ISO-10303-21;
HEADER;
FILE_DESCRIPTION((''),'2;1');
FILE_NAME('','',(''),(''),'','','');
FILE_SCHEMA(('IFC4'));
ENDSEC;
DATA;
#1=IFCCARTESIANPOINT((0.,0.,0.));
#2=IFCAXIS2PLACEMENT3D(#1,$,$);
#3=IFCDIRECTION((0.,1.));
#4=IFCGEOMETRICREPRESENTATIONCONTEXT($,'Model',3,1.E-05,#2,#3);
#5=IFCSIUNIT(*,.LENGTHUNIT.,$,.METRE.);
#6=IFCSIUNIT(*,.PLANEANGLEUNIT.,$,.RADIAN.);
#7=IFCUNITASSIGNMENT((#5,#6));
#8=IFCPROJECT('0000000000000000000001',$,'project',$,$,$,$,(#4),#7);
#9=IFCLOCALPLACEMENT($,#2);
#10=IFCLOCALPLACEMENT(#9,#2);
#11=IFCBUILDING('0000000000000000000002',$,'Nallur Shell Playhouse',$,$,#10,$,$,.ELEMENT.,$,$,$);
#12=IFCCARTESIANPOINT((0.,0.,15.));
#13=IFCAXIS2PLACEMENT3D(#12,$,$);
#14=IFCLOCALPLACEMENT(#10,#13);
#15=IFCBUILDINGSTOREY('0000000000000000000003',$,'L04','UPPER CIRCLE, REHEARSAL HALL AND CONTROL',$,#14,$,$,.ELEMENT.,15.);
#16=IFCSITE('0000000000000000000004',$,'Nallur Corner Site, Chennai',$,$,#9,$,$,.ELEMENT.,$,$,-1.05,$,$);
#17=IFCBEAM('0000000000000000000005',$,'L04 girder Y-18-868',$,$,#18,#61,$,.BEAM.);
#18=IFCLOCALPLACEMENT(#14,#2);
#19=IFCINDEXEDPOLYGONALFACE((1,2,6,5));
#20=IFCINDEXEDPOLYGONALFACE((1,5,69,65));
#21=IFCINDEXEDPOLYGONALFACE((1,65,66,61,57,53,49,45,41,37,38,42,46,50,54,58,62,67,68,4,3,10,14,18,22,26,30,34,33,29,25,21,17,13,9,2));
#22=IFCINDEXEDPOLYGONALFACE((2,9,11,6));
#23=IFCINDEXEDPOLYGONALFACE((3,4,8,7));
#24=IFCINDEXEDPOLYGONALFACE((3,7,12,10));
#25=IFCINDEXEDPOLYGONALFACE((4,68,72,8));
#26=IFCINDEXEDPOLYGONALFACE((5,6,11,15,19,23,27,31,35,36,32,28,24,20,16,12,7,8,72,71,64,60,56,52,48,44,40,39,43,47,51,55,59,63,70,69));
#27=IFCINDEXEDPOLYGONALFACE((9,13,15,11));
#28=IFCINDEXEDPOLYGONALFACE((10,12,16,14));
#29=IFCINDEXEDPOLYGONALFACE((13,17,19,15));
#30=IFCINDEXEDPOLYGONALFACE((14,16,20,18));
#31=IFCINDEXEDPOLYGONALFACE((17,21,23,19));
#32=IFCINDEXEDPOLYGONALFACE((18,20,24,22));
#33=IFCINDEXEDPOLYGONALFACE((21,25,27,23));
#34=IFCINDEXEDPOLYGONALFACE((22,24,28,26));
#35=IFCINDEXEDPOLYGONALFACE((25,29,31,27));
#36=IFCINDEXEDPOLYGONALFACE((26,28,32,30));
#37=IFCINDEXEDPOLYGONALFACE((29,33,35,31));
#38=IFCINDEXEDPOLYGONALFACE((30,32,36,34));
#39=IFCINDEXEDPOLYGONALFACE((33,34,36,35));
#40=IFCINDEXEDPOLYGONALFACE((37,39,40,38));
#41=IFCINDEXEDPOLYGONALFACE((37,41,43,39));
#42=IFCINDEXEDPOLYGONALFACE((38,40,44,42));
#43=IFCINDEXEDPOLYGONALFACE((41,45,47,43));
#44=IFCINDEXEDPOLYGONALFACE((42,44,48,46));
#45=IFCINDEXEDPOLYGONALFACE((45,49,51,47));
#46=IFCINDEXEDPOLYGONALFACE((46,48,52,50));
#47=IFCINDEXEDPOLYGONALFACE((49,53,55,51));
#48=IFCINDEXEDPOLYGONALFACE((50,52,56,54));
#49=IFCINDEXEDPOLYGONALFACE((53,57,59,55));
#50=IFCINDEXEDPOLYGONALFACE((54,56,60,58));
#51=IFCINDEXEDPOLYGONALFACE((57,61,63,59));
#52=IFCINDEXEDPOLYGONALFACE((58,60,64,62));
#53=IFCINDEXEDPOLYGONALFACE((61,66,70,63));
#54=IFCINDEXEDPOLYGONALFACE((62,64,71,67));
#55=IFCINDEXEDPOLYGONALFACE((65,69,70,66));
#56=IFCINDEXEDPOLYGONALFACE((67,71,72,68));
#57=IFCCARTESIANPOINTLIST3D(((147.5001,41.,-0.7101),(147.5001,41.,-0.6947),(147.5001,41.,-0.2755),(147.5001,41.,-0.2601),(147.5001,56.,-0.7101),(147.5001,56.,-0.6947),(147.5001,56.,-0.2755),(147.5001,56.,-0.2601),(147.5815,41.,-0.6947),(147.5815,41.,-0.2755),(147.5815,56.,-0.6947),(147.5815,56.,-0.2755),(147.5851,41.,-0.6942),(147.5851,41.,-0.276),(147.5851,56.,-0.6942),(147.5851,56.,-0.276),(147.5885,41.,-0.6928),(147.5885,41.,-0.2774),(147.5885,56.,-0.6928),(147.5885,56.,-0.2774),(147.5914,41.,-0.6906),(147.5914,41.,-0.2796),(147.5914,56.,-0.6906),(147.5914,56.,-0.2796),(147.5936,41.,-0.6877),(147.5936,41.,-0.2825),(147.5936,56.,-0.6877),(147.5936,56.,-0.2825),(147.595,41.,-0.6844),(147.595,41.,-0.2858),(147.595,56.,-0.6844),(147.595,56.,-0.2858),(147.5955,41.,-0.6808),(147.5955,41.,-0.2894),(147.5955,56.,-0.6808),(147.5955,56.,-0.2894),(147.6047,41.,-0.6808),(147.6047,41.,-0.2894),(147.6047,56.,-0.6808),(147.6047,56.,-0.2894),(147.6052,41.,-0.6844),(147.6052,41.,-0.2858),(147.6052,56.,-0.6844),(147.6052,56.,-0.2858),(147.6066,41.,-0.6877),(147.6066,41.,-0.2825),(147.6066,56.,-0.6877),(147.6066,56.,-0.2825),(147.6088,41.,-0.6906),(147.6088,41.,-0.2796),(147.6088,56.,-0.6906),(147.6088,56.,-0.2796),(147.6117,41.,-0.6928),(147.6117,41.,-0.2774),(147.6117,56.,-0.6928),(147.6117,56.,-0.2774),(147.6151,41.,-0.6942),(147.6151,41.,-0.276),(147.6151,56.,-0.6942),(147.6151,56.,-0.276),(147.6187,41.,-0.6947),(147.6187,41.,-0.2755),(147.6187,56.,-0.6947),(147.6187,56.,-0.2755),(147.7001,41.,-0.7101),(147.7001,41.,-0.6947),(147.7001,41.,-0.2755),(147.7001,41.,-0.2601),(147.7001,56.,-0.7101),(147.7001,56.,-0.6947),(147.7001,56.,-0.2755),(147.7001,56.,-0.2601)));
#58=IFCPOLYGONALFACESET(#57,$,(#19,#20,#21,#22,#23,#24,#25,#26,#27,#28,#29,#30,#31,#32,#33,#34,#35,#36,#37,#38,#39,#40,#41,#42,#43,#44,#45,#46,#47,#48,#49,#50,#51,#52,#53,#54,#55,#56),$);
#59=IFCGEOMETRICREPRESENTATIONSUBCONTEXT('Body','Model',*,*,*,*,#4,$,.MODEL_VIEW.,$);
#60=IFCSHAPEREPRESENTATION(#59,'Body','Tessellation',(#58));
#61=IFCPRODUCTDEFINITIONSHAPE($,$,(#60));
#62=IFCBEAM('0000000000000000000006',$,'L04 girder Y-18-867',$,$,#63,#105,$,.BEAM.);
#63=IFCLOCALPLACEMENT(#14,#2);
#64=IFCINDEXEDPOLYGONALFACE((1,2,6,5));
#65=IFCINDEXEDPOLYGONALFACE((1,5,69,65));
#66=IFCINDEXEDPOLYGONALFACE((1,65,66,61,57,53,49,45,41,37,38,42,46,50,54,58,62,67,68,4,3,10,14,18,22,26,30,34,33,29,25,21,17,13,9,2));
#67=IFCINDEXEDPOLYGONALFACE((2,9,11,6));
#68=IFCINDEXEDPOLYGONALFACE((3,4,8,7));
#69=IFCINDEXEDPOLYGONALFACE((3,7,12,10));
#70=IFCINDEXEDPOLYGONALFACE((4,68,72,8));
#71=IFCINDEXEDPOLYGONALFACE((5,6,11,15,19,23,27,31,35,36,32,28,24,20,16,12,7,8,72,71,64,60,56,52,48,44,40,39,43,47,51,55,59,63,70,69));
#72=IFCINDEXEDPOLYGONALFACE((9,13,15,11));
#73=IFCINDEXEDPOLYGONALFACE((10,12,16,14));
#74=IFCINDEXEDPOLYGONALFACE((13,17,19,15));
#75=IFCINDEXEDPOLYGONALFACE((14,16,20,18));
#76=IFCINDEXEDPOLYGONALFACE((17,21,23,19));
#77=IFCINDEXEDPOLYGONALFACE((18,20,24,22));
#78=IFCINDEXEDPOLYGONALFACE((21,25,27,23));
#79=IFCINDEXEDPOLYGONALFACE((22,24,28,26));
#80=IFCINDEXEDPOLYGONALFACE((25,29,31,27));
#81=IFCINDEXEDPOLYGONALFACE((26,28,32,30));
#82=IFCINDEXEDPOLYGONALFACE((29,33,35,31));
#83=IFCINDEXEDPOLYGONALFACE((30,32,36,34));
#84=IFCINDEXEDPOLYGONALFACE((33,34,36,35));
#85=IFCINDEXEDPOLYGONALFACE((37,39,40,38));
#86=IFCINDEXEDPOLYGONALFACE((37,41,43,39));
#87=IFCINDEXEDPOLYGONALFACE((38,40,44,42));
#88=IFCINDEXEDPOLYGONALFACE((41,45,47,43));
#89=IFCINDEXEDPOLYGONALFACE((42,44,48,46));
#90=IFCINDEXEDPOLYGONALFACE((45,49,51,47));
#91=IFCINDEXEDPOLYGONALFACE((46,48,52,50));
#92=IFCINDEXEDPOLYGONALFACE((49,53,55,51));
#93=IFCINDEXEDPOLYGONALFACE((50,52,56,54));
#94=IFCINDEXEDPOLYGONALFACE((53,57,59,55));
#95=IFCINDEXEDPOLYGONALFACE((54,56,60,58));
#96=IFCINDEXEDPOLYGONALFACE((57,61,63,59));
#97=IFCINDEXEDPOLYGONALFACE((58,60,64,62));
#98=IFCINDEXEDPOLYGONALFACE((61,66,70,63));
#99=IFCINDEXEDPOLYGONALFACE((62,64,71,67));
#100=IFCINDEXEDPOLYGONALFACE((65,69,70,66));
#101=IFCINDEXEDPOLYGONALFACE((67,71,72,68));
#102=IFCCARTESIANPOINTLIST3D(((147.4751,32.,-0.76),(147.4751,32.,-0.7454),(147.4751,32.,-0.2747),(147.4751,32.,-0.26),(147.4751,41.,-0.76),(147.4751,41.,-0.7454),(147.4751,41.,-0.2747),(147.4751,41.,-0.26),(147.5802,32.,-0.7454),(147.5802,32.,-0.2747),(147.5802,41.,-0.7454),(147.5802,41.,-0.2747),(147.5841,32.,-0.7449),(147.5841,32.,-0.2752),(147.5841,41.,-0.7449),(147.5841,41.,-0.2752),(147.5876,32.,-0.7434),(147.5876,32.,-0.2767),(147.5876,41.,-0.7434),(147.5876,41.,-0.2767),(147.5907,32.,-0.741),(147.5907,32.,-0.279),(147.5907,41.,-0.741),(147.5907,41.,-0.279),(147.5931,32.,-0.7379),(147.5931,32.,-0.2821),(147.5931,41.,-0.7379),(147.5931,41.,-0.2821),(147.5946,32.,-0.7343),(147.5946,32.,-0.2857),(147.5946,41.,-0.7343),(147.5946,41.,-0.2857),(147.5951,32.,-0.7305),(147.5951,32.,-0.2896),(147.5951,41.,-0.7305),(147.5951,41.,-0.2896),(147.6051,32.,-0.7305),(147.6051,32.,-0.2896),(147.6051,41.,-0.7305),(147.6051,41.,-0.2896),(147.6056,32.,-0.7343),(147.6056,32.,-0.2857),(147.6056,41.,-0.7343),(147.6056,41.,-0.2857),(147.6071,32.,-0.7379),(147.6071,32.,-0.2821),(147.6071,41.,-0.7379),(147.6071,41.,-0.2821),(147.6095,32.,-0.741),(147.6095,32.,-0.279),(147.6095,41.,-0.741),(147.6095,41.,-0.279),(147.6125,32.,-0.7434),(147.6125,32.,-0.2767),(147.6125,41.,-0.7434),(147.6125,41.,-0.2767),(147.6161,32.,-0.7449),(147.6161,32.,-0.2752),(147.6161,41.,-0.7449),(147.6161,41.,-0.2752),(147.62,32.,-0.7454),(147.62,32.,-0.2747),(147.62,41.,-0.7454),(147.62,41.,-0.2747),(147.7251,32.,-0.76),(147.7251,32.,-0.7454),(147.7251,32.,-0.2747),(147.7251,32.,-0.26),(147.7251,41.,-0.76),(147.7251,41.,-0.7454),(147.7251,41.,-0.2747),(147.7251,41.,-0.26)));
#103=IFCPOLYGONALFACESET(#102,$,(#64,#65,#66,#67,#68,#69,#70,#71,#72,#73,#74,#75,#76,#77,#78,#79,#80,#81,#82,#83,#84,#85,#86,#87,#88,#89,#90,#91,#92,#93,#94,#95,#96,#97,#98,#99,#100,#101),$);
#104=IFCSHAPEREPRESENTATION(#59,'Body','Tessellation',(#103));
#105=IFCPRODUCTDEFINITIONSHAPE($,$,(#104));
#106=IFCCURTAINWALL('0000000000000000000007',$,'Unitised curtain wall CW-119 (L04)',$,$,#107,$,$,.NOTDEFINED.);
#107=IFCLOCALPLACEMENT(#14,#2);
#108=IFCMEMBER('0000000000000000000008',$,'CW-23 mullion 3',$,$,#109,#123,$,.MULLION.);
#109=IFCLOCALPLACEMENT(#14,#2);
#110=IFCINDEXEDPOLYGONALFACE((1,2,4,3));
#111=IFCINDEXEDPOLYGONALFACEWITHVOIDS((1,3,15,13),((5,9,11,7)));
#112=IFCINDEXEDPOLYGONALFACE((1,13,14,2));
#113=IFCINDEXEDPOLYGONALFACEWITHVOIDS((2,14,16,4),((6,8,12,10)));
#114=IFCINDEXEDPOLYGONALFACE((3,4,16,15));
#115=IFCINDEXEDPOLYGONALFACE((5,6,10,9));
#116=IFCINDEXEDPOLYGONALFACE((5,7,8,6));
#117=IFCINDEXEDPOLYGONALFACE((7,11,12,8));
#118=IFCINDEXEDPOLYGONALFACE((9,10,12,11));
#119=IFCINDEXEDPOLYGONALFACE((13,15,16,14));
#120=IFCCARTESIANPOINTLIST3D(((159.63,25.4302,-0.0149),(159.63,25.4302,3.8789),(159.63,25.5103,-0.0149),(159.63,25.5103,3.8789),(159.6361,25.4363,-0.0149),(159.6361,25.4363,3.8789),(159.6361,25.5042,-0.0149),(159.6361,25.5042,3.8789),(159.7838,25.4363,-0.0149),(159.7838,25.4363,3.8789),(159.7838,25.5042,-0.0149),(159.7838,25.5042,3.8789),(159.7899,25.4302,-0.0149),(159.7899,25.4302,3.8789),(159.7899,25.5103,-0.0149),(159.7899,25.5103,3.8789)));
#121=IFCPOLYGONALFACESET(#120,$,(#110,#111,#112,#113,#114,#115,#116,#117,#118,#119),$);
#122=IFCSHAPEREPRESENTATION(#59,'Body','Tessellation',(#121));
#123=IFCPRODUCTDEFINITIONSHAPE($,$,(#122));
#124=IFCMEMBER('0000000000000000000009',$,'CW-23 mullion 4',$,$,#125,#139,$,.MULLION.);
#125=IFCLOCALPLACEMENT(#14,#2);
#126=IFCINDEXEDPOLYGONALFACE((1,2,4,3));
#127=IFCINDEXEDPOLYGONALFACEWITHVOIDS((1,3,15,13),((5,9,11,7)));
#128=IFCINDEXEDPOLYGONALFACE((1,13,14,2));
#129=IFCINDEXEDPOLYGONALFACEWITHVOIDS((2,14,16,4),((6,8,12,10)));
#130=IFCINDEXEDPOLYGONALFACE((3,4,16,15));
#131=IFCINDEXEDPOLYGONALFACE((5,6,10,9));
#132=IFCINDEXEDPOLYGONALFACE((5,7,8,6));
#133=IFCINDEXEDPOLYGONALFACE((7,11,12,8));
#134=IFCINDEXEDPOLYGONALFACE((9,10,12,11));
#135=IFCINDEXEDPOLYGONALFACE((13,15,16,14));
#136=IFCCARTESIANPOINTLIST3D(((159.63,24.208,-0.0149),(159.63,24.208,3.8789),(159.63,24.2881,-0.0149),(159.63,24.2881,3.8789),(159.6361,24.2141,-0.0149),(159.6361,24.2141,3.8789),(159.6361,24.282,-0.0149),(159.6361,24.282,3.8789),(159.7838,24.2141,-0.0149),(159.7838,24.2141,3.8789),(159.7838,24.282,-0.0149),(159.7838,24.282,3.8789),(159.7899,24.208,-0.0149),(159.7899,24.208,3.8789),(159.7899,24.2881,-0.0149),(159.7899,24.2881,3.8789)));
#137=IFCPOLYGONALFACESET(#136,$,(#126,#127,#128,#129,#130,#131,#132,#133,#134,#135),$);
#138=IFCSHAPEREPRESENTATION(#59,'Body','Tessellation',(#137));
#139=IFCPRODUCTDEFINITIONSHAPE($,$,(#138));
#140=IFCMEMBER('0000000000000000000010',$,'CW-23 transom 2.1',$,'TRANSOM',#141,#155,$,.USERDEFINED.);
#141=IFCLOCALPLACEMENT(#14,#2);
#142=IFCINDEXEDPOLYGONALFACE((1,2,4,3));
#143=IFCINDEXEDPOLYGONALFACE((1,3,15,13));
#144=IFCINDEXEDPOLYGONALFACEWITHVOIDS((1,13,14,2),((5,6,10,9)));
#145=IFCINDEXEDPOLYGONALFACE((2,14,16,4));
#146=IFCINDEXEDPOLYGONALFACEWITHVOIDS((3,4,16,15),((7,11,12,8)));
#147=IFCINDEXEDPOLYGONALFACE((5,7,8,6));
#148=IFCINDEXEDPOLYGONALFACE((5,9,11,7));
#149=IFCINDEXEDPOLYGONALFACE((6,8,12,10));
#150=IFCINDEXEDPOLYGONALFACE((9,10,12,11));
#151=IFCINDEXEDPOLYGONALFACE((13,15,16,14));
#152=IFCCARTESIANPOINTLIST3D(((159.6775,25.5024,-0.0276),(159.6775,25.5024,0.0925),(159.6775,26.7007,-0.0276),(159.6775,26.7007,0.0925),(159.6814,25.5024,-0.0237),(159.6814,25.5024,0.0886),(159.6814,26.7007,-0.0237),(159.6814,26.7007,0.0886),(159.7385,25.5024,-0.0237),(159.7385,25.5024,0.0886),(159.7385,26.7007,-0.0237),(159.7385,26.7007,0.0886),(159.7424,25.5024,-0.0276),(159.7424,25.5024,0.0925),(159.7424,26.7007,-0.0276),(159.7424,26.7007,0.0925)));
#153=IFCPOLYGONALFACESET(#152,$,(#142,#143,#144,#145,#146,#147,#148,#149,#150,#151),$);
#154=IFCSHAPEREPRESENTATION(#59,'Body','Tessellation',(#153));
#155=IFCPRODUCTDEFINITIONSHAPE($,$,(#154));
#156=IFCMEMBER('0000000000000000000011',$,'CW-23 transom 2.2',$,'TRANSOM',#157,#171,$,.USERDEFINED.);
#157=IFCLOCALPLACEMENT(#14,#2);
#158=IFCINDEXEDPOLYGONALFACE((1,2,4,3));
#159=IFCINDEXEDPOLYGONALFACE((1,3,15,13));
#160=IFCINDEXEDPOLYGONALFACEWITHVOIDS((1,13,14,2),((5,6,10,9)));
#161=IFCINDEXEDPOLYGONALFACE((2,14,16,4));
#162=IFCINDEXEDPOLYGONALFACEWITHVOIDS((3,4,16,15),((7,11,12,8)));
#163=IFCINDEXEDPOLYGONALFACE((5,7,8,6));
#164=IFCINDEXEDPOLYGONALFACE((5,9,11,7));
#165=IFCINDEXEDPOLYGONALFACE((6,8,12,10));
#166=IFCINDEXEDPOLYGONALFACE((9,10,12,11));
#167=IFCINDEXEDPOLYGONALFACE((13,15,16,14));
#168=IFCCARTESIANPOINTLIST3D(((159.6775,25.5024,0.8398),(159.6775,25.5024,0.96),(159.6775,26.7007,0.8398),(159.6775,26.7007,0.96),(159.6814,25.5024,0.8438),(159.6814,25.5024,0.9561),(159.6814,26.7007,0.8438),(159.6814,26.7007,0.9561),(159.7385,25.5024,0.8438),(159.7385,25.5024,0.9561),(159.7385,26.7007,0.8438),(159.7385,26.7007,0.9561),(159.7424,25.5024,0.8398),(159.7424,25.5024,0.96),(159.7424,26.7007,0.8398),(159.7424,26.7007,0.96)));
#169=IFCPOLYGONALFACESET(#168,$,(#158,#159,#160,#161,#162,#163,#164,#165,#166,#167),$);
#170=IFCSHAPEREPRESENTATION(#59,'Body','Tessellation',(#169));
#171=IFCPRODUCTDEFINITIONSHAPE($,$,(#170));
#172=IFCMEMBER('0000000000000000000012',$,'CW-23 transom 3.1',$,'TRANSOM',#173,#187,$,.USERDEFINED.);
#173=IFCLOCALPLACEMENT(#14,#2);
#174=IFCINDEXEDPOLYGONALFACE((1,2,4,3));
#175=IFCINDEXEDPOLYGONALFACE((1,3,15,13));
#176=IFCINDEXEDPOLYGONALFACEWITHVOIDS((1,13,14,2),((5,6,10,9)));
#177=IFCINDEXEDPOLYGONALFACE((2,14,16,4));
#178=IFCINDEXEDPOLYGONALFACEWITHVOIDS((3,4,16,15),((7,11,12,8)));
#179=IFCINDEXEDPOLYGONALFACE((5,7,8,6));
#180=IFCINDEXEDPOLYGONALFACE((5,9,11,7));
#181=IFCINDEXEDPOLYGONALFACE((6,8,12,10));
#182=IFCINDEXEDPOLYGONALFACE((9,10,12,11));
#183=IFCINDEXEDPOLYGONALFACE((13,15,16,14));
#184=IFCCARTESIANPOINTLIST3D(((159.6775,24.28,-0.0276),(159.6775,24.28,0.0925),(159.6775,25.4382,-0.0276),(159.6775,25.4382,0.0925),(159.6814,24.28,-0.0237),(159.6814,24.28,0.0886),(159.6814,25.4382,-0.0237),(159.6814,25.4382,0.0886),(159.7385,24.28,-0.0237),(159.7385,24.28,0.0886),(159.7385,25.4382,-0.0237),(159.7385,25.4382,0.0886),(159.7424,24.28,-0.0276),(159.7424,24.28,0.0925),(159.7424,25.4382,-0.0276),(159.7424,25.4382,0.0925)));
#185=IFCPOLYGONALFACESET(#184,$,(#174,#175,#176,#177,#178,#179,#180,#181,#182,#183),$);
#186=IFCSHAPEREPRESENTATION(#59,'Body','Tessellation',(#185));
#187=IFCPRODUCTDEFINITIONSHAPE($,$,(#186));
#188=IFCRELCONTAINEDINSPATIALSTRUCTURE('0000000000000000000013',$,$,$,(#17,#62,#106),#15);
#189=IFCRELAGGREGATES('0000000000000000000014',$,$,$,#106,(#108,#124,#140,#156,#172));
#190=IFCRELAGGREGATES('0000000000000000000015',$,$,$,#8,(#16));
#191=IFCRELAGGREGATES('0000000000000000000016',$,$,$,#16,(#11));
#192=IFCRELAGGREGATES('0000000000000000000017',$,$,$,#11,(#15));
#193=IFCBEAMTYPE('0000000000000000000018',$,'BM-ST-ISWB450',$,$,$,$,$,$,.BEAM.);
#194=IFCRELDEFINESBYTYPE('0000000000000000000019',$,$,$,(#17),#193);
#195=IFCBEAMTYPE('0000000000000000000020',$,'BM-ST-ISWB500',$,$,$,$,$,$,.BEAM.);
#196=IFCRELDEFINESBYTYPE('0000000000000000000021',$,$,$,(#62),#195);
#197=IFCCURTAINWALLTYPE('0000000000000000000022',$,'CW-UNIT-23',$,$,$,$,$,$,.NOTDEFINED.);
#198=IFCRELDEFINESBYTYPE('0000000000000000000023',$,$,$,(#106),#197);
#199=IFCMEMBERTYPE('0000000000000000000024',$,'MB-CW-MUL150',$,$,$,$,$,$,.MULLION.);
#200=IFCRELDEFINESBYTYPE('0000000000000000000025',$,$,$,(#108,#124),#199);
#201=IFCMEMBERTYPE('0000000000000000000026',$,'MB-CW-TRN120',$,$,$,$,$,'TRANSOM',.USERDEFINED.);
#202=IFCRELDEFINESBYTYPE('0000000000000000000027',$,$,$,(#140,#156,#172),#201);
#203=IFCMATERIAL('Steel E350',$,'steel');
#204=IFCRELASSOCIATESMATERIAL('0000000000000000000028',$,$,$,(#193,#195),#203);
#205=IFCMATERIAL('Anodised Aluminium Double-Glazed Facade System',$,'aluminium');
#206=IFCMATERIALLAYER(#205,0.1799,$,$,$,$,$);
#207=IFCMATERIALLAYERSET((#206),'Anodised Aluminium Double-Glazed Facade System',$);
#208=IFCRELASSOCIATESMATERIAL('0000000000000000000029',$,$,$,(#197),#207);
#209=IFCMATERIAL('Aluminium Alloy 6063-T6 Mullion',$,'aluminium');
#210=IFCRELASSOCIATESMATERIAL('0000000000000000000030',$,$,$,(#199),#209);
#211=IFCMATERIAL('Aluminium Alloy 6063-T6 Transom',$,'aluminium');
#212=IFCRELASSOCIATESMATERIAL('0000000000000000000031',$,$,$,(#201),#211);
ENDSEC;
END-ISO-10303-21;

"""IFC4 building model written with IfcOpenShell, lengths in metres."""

from ifc_helpers import new_model, si_unit, direction, frame, origin, origin_2d, place, context, subcontext, project, spatial, hollow_rectangle, i_section, extrude, material, layer, layer_set, material_profile, profile_set, type_object, element, aggregate, save


model = new_model("IFC4")

# Units and contexts
model_context = context("Model", 3, precision=1e-05, world=origin(), true_north=direction((0.0, 1.0)))
body_context = subcontext(model_context, "Body", "Model", "MODEL_VIEW")
ifc_project = project(units=[si_unit("LENGTHUNIT", "METRE"), si_unit("PLANEANGLEUNIT", "RADIAN")], contexts=[model_context])

# Site, building, storey
site_placement = place(None, origin())
site = spatial("IfcSite", under=ifc_project, at=site_placement, Name="Nallur Corner Site, Chennai", CompositionType="ELEMENT", RefElevation=-1.05)
building_placement = place(site_placement, origin())
building = spatial("IfcBuilding", under=site, at=building_placement, Name="Nallur Shell Playhouse", CompositionType="ELEMENT")
storey_placement = place(building_placement, frame((0.0, 0.0, 15.0)))
storey = spatial("IfcBuildingStorey", under=building, at=storey_placement, Name="L04", Description="UPPER CIRCLE, REHEARSAL HALL AND CONTROL", CompositionType="ELEMENT", Elevation=15.0)

# Shared definitions
ifc_material_1 = material(Name="Steel E350", Category="steel")

# Beams
ifc_material_profile_1 = material_profile(ifc_material_1, i_section(OverallWidth=0.2, OverallDepth=0.45, WebThickness=0.0093, FlangeThickness=0.0154, FilletRadius=0.0139, at=origin_2d()), Name="ISWB 450")
ifc_profile_set_1 = profile_set([ifc_material_profile_1], Name="Steel E350")
beam_type_1 = type_object("IfcBeamType", Name="BM-ST-ISWB450", PredefinedType="BEAM", material=ifc_profile_set_1)
beam_1_placement = place(storey_placement, frame((147.6001, 41.0, -0.4851), z_axis=(0.0, 1.0, 0.0), x_axis=(-1.0, 0.0, 0.0)))
element("IfcBeam", 1, at=beam_1_placement, inside=storey, type_object=beam_type_1, Name="L04 girder Y-18-868", PredefinedType="BEAM", context=body_context, shape_type="SweptSolid", body=[
    extrude(i_section(OverallWidth=0.2, OverallDepth=0.45, WebThickness=0.0093, FlangeThickness=0.0154, FilletRadius=0.0139, at=origin_2d()), origin(), (0.0, 0.0, 1.0), 15.0),
])
ifc_material_profile_2 = material_profile(ifc_material_1, i_section(OverallWidth=0.25, OverallDepth=0.5, WebThickness=0.01, FlangeThickness=0.0146, FilletRadius=0.0149, at=origin_2d()), Name="ISWB 500")
ifc_profile_set_2 = profile_set([ifc_material_profile_2], Name="Steel E350")
beam_type_2 = type_object("IfcBeamType", Name="BM-ST-ISWB500", PredefinedType="BEAM", material=ifc_profile_set_2)
beam_2_placement = place(storey_placement, frame((147.6001, 32.0, -0.51), z_axis=(0.0, 1.0, 0.0), x_axis=(-1.0, 0.0, 0.0)))
element("IfcBeam", 2, at=beam_2_placement, inside=storey, type_object=beam_type_2, Name="L04 girder Y-18-867", PredefinedType="BEAM", context=body_context, shape_type="SweptSolid", body=[
    extrude(i_section(OverallWidth=0.25, OverallDepth=0.5, WebThickness=0.01, FlangeThickness=0.0146, FilletRadius=0.0149, at=origin_2d()), origin(), (0.0, 0.0, 1.0), 9.0),
])

# Curtain wall, members
ifc_material_2 = material(Name="Anodised Aluminium Double-Glazed Facade System", Category="aluminium")
ifc_layer_1 = layer(ifc_material_2, 0.1799)
ifc_layer_set_1 = layer_set([ifc_layer_1], Name="Anodised Aluminium Double-Glazed Facade System")
curtain_wall_type = type_object("IfcCurtainWallType", Name="CW-UNIT-23", PredefinedType="NOTDEFINED", material=ifc_layer_set_1)
curtain_wall_placement = place(storey_placement, origin())
curtain_wall = element("IfcCurtainWall", 3, at=curtain_wall_placement, inside=storey, type_object=curtain_wall_type, Name="Unitised curtain wall CW-119 (L04)", PredefinedType="NOTDEFINED")
ifc_material_3 = material(Name="Aluminium Alloy 6063-T6 Mullion", Category="aluminium")
ifc_material_profile_3 = material_profile(ifc_material_3, hollow_rectangle(XDim=0.0801, YDim=0.1599, WallThickness=0.0061, at=origin_2d()), Name="RHS 160x80x6")
ifc_profile_set_3 = profile_set([ifc_material_profile_3], Name="Aluminium Alloy 6063-T6 Mullion")
member_type_1 = type_object("IfcMemberType", Name="MB-CW-MUL150", PredefinedType="MULLION", material=ifc_profile_set_3)
member_1_placement = place(storey_placement, frame((159.71, 25.4702, -0.0149), z_axis=(0.0, 0.0, 1.0), x_axis=(0.0, -1.0, 0.0)))
member_1 = element("IfcMember", 4, at=member_1_placement, type_object=member_type_1, Name="CW-23 mullion 3", PredefinedType="MULLION", context=body_context, shape_type="SweptSolid", body=[
    extrude(hollow_rectangle(XDim=0.0801, YDim=0.1599, WallThickness=0.0061, at=origin_2d()), origin(), (0.0, 0.0, 1.0), 3.8938),
])
member_2_placement = place(storey_placement, frame((159.71, 24.248, -0.0149), z_axis=(0.0, 0.0, 1.0), x_axis=(0.0, -1.0, 0.0)))
member_2 = element("IfcMember", 5, at=member_2_placement, type_object=member_type_1, Name="CW-23 mullion 4", PredefinedType="MULLION", context=body_context, shape_type="SweptSolid", body=[
    extrude(hollow_rectangle(XDim=0.0801, YDim=0.1599, WallThickness=0.0061, at=origin_2d()), origin(), (0.0, 0.0, 1.0), 3.8938),
])
ifc_material_4 = material(Name="Aluminium Alloy 6063-T6 Transom", Category="aluminium")
ifc_material_profile_4 = material_profile(ifc_material_4, hollow_rectangle(XDim=0.0649, YDim=0.1201, WallThickness=0.0039, at=origin_2d()), Name="ALU 65x120x4")
ifc_profile_set_4 = profile_set([ifc_material_profile_4], Name="Aluminium Alloy 6063-T6 Transom")
member_type_2 = type_object("IfcMemberType", Name="MB-CW-TRN120", ElementType="TRANSOM", PredefinedType="USERDEFINED", material=ifc_profile_set_4)
member_3_placement = place(storey_placement, frame((159.71, 26.7007, 0.0325), z_axis=(0.0, -1.0, 0.0), x_axis=(1.0, 0.0, 0.0)))
member_3 = element("IfcMember", 6, at=member_3_placement, type_object=member_type_2, Name="CW-23 transom 2.1", ObjectType="TRANSOM", PredefinedType="USERDEFINED", context=body_context, shape_type="SweptSolid", body=[
    extrude(hollow_rectangle(XDim=0.0649, YDim=0.1201, WallThickness=0.0039, at=origin_2d()), origin(), (0.0, 0.0, 1.0), 1.1982),
])
member_4_placement = place(storey_placement, frame((159.71, 26.7007, 0.8999), z_axis=(0.0, -1.0, 0.0), x_axis=(1.0, 0.0, 0.0)))
member_4 = element("IfcMember", 7, at=member_4_placement, type_object=member_type_2, Name="CW-23 transom 2.2", ObjectType="TRANSOM", PredefinedType="USERDEFINED", context=body_context, shape_type="SweptSolid", body=[
    extrude(hollow_rectangle(XDim=0.0649, YDim=0.1201, WallThickness=0.0039, at=origin_2d()), origin(), (0.0, 0.0, 1.0), 1.1982),
])
member_5_placement = place(storey_placement, frame((159.71, 25.4382, 0.0325), z_axis=(0.0, -1.0, 0.0), x_axis=(1.0, 0.0, 0.0)))
member_5 = element("IfcMember", 8, at=member_5_placement, type_object=member_type_2, Name="CW-23 transom 3.1", ObjectType="TRANSOM", PredefinedType="USERDEFINED", context=body_context, shape_type="SweptSolid", body=[
    extrude(hollow_rectangle(XDim=0.0649, YDim=0.1201, WallThickness=0.0039, at=origin_2d()), origin(), (0.0, 0.0, 1.0), 1.1582),
])
aggregate(curtain_wall, [member_1, member_2, member_3, member_4, member_5])

save(model, "model.ifc")
